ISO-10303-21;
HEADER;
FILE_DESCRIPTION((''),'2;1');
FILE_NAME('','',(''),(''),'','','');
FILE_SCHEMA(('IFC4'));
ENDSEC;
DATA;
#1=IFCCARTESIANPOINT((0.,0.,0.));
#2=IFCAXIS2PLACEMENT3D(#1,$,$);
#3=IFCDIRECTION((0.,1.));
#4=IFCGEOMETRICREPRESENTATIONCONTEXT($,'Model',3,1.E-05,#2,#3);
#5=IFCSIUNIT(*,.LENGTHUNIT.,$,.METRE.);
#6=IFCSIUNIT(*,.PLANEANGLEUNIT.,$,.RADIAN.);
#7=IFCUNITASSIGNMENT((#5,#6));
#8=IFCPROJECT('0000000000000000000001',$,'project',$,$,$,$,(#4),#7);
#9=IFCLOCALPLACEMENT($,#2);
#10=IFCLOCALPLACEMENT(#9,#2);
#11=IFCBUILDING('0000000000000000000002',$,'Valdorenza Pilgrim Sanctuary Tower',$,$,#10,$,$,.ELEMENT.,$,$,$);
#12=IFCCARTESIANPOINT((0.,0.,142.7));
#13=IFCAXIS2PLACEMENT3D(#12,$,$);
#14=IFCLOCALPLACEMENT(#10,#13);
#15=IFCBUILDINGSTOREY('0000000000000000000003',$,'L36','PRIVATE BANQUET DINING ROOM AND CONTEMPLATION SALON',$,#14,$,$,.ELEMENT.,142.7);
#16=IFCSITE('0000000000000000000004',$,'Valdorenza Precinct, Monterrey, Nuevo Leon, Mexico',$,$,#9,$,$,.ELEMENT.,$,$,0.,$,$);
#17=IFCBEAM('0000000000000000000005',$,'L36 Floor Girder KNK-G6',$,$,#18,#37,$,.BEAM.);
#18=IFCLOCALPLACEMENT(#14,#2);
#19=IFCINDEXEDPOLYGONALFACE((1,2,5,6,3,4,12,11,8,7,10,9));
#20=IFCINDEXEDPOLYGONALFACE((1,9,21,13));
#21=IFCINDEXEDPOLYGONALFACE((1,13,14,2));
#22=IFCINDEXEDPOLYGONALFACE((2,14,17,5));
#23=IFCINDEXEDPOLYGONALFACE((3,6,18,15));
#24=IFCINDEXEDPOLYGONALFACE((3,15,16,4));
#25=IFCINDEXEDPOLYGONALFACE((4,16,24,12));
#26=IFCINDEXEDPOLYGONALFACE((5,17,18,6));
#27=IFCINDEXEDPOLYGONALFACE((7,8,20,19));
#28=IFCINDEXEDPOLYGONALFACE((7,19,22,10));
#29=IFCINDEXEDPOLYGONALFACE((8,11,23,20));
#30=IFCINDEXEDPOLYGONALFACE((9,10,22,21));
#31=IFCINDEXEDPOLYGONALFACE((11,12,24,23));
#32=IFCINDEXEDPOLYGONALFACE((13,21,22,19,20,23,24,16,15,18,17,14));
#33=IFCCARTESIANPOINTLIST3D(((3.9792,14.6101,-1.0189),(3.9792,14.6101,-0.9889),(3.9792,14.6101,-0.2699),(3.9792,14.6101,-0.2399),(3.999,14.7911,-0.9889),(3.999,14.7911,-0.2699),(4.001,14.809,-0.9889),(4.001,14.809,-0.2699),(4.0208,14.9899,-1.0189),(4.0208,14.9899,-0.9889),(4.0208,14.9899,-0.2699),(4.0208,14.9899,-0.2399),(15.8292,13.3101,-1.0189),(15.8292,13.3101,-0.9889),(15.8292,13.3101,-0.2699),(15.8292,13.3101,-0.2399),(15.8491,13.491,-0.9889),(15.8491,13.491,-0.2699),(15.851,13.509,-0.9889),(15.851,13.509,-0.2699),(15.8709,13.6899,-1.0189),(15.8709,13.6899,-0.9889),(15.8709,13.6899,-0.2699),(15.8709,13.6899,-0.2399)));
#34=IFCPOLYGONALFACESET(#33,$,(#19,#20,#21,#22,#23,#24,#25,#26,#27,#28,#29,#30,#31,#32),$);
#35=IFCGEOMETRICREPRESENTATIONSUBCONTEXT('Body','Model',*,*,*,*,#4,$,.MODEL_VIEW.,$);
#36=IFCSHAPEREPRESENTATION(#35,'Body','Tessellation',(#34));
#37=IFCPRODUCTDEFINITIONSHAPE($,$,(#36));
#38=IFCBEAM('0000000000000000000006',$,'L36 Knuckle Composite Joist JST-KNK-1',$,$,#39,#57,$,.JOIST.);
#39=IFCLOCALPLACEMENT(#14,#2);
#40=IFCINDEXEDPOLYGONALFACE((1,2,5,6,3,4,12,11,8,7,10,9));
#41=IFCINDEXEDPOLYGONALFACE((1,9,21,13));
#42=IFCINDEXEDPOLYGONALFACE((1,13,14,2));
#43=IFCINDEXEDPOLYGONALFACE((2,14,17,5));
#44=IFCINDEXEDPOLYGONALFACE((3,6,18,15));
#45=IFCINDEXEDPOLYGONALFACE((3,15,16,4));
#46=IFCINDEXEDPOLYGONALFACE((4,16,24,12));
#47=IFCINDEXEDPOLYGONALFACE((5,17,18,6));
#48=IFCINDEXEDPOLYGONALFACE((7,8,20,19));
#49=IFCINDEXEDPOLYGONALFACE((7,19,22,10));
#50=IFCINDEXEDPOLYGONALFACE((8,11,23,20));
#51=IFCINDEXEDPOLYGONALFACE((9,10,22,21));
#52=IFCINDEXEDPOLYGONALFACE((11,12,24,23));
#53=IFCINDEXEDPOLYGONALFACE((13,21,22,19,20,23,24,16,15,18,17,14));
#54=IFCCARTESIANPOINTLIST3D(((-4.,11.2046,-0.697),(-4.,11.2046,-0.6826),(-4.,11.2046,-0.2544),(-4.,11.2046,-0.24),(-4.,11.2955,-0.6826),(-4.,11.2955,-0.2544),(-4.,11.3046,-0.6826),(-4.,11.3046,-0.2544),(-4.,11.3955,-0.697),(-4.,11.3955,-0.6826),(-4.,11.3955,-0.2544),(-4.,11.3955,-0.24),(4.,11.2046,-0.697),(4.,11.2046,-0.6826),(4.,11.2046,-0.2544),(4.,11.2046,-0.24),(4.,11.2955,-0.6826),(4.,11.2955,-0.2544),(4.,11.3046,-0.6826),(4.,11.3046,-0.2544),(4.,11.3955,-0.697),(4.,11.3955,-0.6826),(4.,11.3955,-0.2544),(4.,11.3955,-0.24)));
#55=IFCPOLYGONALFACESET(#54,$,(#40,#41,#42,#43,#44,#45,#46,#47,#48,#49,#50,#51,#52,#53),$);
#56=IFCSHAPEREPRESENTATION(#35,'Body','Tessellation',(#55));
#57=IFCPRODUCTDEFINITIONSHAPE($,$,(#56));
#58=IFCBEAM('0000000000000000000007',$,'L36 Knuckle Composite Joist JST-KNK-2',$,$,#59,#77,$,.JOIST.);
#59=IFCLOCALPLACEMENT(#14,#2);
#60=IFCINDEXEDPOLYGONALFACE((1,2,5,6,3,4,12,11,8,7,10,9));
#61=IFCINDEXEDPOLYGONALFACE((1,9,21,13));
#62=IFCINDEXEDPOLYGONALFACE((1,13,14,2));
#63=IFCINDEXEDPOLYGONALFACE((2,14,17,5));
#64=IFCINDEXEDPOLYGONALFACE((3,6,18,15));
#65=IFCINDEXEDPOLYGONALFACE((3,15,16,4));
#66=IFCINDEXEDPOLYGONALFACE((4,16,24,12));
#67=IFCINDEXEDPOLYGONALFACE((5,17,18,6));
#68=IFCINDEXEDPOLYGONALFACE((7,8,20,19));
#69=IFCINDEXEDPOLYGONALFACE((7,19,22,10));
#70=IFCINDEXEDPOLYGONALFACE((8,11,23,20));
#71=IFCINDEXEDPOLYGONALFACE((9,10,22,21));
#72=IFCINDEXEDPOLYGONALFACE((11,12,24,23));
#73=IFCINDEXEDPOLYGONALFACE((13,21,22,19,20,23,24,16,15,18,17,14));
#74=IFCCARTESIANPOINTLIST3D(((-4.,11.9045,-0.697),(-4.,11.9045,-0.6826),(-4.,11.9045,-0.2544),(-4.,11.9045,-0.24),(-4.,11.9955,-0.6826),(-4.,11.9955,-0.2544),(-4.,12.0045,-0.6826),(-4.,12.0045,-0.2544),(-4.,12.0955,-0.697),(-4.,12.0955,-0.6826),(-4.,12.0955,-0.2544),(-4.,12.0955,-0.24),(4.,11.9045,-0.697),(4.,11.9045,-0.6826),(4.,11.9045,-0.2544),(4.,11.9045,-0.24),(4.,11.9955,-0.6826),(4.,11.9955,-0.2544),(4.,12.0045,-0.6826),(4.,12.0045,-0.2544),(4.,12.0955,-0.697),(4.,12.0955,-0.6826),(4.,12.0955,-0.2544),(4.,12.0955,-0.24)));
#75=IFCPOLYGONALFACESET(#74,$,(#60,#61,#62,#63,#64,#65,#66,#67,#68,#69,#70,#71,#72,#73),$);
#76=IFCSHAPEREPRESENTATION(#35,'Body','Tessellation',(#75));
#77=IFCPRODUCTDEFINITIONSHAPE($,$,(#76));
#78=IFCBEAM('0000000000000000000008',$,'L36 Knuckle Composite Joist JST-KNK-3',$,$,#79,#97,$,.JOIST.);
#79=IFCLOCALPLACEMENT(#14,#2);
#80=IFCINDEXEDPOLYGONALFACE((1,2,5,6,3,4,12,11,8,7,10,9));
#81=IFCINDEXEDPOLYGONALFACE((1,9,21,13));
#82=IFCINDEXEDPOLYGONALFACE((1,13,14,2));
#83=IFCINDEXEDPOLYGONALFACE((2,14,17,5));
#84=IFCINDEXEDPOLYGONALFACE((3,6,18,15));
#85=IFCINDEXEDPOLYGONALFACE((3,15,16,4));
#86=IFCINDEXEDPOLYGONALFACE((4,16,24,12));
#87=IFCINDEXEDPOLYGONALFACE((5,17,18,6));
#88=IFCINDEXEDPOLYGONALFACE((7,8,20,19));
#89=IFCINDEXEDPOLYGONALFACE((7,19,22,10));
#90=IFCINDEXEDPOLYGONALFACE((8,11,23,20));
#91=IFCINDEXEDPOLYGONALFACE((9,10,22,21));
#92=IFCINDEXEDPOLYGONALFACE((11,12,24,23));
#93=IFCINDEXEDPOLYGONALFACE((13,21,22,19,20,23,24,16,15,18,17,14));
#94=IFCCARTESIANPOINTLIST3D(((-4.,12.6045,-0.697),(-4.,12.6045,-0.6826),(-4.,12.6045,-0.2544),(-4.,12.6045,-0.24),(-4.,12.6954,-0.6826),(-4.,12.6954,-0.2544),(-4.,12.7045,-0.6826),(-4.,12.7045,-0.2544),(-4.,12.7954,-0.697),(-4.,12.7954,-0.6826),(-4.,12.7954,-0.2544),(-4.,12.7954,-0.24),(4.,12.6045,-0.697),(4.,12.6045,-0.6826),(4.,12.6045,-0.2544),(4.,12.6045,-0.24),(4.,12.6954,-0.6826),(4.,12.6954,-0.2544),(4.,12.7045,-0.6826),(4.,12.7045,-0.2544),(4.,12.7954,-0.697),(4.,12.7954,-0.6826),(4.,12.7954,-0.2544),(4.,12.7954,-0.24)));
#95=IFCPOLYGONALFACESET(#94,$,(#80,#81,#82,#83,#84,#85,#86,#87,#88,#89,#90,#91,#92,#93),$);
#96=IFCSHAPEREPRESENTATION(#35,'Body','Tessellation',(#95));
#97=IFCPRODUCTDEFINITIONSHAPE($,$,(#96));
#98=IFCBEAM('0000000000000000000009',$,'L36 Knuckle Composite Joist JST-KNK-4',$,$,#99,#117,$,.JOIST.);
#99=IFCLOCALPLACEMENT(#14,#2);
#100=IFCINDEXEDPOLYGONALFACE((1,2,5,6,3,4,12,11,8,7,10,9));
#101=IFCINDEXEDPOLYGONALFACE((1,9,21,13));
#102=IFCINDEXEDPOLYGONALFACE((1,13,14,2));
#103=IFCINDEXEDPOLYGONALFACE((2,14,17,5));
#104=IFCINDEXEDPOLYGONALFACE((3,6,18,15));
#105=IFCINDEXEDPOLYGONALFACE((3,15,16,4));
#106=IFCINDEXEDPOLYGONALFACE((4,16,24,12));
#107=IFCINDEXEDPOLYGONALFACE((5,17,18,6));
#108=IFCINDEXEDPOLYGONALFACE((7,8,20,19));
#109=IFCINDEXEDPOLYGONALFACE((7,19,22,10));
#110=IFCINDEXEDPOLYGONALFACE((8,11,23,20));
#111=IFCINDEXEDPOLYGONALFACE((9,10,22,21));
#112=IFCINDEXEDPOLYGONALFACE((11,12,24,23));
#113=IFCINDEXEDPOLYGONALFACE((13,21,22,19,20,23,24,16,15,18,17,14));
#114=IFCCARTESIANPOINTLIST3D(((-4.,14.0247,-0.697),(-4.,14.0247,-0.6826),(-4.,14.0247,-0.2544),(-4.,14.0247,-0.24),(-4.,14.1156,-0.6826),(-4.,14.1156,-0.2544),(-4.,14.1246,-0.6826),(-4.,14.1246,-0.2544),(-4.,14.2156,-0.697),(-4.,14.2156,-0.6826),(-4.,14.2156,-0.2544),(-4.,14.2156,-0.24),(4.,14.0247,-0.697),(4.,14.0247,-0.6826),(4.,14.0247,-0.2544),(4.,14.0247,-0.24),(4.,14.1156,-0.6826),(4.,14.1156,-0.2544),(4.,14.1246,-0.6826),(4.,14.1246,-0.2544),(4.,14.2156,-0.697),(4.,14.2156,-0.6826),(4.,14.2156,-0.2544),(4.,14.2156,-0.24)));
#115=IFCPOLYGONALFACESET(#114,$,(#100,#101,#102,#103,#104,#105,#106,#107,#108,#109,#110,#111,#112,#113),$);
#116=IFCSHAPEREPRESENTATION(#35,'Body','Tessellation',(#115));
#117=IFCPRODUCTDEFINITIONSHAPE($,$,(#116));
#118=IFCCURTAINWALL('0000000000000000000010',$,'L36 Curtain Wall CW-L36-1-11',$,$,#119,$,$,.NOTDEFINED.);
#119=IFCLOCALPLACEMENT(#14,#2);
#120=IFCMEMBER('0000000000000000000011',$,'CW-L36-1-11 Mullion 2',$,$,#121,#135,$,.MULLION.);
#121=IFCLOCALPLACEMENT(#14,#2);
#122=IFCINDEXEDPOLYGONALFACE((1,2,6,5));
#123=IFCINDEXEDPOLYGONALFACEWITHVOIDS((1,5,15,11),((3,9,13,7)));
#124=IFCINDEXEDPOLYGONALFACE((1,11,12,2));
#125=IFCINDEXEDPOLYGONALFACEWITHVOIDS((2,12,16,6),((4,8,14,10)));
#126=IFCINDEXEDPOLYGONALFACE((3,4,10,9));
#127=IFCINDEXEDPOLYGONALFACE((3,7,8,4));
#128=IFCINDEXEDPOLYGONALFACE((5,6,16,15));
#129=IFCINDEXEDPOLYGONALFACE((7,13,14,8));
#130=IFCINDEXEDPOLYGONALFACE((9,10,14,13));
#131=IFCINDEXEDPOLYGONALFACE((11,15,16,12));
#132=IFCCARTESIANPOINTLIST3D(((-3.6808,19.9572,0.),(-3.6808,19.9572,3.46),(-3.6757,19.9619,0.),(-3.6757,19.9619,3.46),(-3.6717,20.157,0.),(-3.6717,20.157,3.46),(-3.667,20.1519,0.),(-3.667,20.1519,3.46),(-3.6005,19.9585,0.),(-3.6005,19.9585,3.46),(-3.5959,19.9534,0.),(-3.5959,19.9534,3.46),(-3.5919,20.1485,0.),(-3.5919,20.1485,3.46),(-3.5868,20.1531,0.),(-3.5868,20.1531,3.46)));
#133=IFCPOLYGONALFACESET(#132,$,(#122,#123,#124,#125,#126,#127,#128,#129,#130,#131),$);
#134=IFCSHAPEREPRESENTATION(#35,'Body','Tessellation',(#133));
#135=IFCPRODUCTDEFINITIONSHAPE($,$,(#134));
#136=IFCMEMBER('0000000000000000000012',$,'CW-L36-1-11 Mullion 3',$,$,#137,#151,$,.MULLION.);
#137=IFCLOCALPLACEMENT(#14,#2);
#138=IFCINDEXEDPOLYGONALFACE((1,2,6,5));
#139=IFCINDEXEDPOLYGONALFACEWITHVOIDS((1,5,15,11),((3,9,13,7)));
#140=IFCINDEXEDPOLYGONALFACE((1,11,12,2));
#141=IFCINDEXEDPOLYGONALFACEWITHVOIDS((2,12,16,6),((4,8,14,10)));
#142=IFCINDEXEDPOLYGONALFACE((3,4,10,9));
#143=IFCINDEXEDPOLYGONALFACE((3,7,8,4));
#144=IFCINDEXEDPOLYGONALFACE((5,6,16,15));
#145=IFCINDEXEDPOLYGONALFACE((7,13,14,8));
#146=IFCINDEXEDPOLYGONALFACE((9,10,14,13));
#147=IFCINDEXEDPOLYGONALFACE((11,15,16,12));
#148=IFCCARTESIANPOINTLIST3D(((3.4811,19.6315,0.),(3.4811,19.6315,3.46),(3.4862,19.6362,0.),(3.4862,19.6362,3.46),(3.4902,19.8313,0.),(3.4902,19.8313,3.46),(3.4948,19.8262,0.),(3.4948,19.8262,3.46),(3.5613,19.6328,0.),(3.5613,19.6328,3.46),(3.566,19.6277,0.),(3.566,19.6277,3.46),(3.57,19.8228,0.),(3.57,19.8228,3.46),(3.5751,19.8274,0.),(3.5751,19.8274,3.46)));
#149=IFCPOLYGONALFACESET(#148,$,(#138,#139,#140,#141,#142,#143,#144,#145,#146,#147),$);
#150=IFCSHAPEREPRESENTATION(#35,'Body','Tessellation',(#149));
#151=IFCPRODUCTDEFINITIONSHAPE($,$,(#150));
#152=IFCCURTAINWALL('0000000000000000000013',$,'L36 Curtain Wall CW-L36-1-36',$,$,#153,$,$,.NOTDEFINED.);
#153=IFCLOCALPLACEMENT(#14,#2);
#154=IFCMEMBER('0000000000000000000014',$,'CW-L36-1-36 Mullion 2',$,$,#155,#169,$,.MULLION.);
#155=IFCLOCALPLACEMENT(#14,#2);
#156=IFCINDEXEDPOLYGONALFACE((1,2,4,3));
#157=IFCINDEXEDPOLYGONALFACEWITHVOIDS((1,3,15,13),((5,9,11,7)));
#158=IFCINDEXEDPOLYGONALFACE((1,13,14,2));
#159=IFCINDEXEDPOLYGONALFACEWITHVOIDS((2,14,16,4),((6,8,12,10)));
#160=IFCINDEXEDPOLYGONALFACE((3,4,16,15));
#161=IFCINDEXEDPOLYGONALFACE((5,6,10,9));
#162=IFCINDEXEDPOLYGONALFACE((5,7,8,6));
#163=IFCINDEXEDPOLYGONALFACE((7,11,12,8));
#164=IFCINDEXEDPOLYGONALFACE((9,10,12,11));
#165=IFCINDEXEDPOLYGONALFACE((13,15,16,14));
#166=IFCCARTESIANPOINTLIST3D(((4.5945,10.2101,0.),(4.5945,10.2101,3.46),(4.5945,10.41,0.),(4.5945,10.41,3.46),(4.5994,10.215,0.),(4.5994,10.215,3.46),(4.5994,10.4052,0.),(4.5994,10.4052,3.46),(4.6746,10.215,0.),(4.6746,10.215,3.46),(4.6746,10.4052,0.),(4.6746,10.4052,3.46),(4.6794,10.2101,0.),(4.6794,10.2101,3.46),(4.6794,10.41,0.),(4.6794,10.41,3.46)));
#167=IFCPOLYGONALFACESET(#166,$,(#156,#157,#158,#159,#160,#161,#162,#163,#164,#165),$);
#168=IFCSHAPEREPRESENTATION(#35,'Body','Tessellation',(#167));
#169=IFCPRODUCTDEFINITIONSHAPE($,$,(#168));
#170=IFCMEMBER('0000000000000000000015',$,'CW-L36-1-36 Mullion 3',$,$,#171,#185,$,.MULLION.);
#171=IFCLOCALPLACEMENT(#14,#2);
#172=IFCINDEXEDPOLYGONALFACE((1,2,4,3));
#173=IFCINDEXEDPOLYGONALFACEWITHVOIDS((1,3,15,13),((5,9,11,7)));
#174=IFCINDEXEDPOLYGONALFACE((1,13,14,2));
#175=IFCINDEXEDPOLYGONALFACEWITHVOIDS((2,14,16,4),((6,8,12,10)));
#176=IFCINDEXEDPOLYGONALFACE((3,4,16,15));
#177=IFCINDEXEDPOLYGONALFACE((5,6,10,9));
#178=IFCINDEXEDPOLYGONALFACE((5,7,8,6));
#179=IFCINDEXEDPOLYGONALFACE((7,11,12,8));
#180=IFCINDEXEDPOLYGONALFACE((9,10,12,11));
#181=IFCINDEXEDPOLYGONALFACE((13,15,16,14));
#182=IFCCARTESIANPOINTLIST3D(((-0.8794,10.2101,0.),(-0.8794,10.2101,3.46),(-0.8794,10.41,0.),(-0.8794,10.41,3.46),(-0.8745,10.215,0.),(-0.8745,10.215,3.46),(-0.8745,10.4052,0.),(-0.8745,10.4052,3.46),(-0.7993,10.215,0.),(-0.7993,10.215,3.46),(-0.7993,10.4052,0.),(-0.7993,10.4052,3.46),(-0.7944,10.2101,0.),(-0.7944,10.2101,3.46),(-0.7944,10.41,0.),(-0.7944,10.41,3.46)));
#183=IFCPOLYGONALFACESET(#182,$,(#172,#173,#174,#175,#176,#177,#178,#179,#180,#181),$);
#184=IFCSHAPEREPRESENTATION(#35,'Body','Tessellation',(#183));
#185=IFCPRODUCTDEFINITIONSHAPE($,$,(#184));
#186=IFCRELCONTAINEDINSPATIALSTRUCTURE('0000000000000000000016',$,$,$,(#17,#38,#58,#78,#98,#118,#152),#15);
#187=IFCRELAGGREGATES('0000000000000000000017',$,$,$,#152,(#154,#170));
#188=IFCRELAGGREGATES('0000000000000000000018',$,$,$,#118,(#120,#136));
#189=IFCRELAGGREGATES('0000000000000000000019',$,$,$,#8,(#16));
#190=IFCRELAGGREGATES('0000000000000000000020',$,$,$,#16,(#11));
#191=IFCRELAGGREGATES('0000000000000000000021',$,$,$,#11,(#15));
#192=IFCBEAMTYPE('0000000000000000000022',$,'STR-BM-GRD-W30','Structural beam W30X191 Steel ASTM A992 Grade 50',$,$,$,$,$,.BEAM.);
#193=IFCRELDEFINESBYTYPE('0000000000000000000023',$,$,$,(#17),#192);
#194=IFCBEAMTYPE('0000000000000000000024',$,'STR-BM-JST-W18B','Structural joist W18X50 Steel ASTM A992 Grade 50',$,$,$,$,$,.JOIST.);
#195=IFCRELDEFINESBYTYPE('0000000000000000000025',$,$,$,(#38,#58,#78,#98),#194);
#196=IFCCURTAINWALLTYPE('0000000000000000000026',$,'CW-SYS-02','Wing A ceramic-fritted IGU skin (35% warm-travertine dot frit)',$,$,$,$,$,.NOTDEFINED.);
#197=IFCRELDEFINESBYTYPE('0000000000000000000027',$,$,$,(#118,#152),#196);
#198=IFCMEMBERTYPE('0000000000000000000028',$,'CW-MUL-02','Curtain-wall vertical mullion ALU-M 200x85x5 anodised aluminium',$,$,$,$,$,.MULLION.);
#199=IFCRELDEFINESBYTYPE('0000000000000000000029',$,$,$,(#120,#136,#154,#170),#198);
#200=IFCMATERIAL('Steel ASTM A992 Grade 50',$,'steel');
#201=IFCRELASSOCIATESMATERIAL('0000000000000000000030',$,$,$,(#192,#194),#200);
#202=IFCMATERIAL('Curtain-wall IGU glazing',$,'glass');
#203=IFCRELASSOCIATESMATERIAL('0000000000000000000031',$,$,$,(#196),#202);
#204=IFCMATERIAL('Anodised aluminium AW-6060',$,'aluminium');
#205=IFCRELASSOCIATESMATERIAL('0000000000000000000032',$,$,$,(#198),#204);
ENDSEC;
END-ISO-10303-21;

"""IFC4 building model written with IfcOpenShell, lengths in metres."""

from ifc_helpers import new_model, si_unit, direction, frame, origin, origin_2d, place, context, subcontext, project, spatial, hollow_rectangle, i_section, extrude, source, transform, mapped, material, material_profile, profile_set, type_object, element, aggregate, save


model = new_model("IFC4")

# Units and contexts
model_context = context("Model", 3, precision=1e-05, world=origin(), true_north=direction((0.0, 1.0)))
body_context = subcontext(model_context, "Body", "Model", "MODEL_VIEW")
ifc_project = project(units=[si_unit("LENGTHUNIT", "METRE"), si_unit("PLANEANGLEUNIT", "RADIAN")], contexts=[model_context])

# Site, building, storey
site_placement = place(None, origin())
site = spatial("IfcSite", under=ifc_project, at=site_placement, Name="Valdorenza Precinct, Monterrey, Nuevo Leon, Mexico", CompositionType="ELEMENT", RefElevation=0.0)
building_placement = place(site_placement, origin())
building = spatial("IfcBuilding", under=site, at=building_placement, Name="Valdorenza Pilgrim Sanctuary Tower", CompositionType="ELEMENT")
storey_placement = place(building_placement, frame((0.0, 0.0, 142.7)))
storey = spatial("IfcBuildingStorey", under=building, at=storey_placement, Name="L36", Description="PRIVATE BANQUET DINING ROOM AND CONTEMPLATION SALON", CompositionType="ELEMENT", Elevation=142.7)

# Shared definitions
ifc_material_1 = material(Name="Steel ASTM A992 Grade 50", Category="steel")

# Beams
ifc_material_profile_1 = material_profile(ifc_material_1, i_section(OverallWidth=0.3821, OverallDepth=0.7791, WebThickness=0.0181, FlangeThickness=0.03, at=origin_2d()), Name="W30X191")
ifc_profile_set_1 = profile_set([ifc_material_profile_1], Name="Steel ASTM A992 Grade 50")
beam_type_1 = type_object("IfcBeamType", Name="STR-BM-GRD-W30", Description="Structural beam W30X191 Steel ASTM A992 Grade 50", PredefinedType="BEAM", material=ifc_profile_set_1)
shared_shape_1 = source(origin(), body_context, "Body", "SweptSolid", [
    extrude(i_section(OverallWidth=0.3821, OverallDepth=0.7791, WebThickness=0.0181, FlangeThickness=0.03, at=origin_2d()), origin(), (0.0, 0.0, 1.0), 11.9211),
])
beam_1_placement = place(storey_placement, frame((4.0, 14.8, -0.6294), z_axis=(0.994036, -0.109054, 0.0), x_axis=(0.109054, 0.994036, 0.0)))
element("IfcBeam", 1, at=beam_1_placement, inside=storey, type_object=beam_type_1, Name="L36 Floor Girder KNK-G6", PredefinedType="BEAM", context=body_context, shape_type="MappedRepresentation", body=[
    mapped(shared_shape_1, transform((0.0, 0.0, 0.0), x_axis=(1.0, 0.0, 0.0), y_axis=(0.0, 1.0, 0.0), z_axis=(0.0, 0.0, 1.0), scale=1.0)),
])
ifc_material_profile_2 = material_profile(ifc_material_1, i_section(OverallWidth=0.1909, OverallDepth=0.457, WebThickness=0.009, FlangeThickness=0.0144, at=origin_2d()), Name="W18X50")
ifc_profile_set_2 = profile_set([ifc_material_profile_2], Name="Steel ASTM A992 Grade 50")
beam_type_2 = type_object("IfcBeamType", Name="STR-BM-JST-W18B", Description="Structural joist W18X50 Steel ASTM A992 Grade 50", PredefinedType="JOIST", material=ifc_profile_set_2)
shared_shape_2 = source(origin(), body_context, "Body", "SweptSolid", [
    extrude(i_section(OverallWidth=0.1909, OverallDepth=0.457, WebThickness=0.009, FlangeThickness=0.0144, at=origin_2d()), origin(), (0.0, 0.0, 1.0), 8.0),
])
for number, where, z_axis, x_axis, name in (
    (2, (-4.0, 11.3, -0.4685), (1.0, 0.0, 0.0), (0.0, 1.0, 0.0), "L36 Knuckle Composite Joist JST-KNK-1"),
    (3, (-4.0, 12.0, -0.4685), (1.0, 0.0, 0.0), (0.0, 1.0, 0.0), "L36 Knuckle Composite Joist JST-KNK-2"),
    (4, (-4.0, 12.7, -0.4685), (1.0, 0.0, 0.0), (0.0, 1.0, 0.0), "L36 Knuckle Composite Joist JST-KNK-3"),
    (5, (-4.0, 14.1201, -0.4685), (1.0, 0.0, 0.0), (0.0, 1.0, 0.0), "L36 Knuckle Composite Joist JST-KNK-4"),
):
    element("IfcBeam", number, at=place(storey_placement, frame(where, z_axis=z_axis, x_axis=x_axis)), inside=storey, type_object=beam_type_2, Name=name, PredefinedType="JOIST", context=body_context, shape_type="MappedRepresentation", body=[
        mapped(shared_shape_2, transform((0.0, 0.0, 0.0), x_axis=(1.0, 0.0, 0.0), y_axis=(0.0, 1.0, 0.0), z_axis=(0.0, 0.0, 1.0), scale=1.0)),
    ])

# Curtain wall, members
ifc_material_2 = material(Name="Curtain-wall IGU glazing", Category="glass")
curtain_wall_type = type_object("IfcCurtainWallType", Name="CW-SYS-02", Description="Wing A ceramic-fritted IGU skin (35% warm-travertine dot frit)", PredefinedType="NOTDEFINED", material=ifc_material_2)
curtain_wall_1_placement = place(storey_placement, origin())
curtain_wall_1 = element("IfcCurtainWall", 6, at=curtain_wall_1_placement, inside=storey, type_object=curtain_wall_type, Name="L36 Curtain Wall CW-L36-1-11", PredefinedType="NOTDEFINED")
ifc_material_3 = material(Name="Anodised aluminium AW-6060", Category="aluminium")
ifc_material_profile_3 = material_profile(ifc_material_3, hollow_rectangle(XDim=0.085, YDim=0.2, WallThickness=0.0049, at=origin_2d()), Name="ALU-M 200x85x5")
ifc_profile_set_3 = profile_set([ifc_material_profile_3], Name="Anodised aluminium AW-6060")
member_type = type_object("IfcMemberType", Name="CW-MUL-02", Description="Curtain-wall vertical mullion ALU-M 200x85x5 anodised aluminium", PredefinedType="MULLION", material=ifc_profile_set_3)
shared_shape_3 = source(origin(), body_context, "Body", "SweptSolid", [
    extrude(hollow_rectangle(XDim=0.085, YDim=0.2, WallThickness=0.0049, at=origin_2d()), origin(), (0.0, 0.0, 1.0), 3.46),
])
member_1_placement = place(storey_placement, frame((-3.6338, 20.0552, 0.0), z_axis=(0.0, 0.0, 1.0), x_axis=(0.998968, -0.045415, 0.0)))
member_1 = element("IfcMember", 7, at=member_1_placement, type_object=member_type, Name="CW-L36-1-11 Mullion 2", PredefinedType="MULLION", context=body_context, shape_type="MappedRepresentation", body=[
    mapped(shared_shape_3, transform((0.0, 0.0, 0.0), x_axis=(1.0, 0.0, 0.0), y_axis=(0.0, 1.0, 0.0), z_axis=(0.0, 0.0, 1.0), scale=1.0)),
])
member_2_placement = place(storey_placement, frame((3.5281, 19.7295, 0.0), z_axis=(0.0, 0.0, 1.0), x_axis=(0.998968, -0.045415, 0.0)))
member_2 = element("IfcMember", 8, at=member_2_placement, type_object=member_type, Name="CW-L36-1-11 Mullion 3", PredefinedType="MULLION", context=body_context, shape_type="MappedRepresentation", body=[
    mapped(shared_shape_3, transform((0.0, 0.0, 0.0), x_axis=(1.0, 0.0, 0.0), y_axis=(0.0, 1.0, 0.0), z_axis=(0.0, 0.0, 1.0), scale=1.0)),
])

# Curtain wall, members
curtain_wall_2_placement = place(storey_placement, origin())
curtain_wall_2 = element("IfcCurtainWall", 9, at=curtain_wall_2_placement, inside=storey, type_object=curtain_wall_type, Name="L36 Curtain Wall CW-L36-1-36", PredefinedType="NOTDEFINED")
member_3_placement = place(storey_placement, frame((4.637, 10.3101, 0.0), z_axis=(0.0, 0.0, 1.0), x_axis=(-1.0, 0.0, 0.0)))
member_3 = element("IfcMember", 10, at=member_3_placement, type_object=member_type, Name="CW-L36-1-36 Mullion 2", PredefinedType="MULLION", context=body_context, shape_type="MappedRepresentation", body=[
    mapped(shared_shape_3, transform((0.0, 0.0, 0.0), x_axis=(1.0, 0.0, 0.0), y_axis=(0.0, 1.0, 0.0), z_axis=(0.0, 0.0, 1.0), scale=1.0)),
])
member_4_placement = place(storey_placement, frame((-0.8369, 10.3101, 0.0), z_axis=(0.0, 0.0, 1.0), x_axis=(-1.0, 0.0, 0.0)))
member_4 = element("IfcMember", 11, at=member_4_placement, type_object=member_type, Name="CW-L36-1-36 Mullion 3", PredefinedType="MULLION", context=body_context, shape_type="MappedRepresentation", body=[
    mapped(shared_shape_3, transform((0.0, 0.0, 0.0), x_axis=(1.0, 0.0, 0.0), y_axis=(0.0, 1.0, 0.0), z_axis=(0.0, 0.0, 1.0), scale=1.0)),
])
aggregate(curtain_wall_2, [member_3, member_4])

aggregate(curtain_wall_1, [member_1, member_2])

save(model, "model.ifc")
